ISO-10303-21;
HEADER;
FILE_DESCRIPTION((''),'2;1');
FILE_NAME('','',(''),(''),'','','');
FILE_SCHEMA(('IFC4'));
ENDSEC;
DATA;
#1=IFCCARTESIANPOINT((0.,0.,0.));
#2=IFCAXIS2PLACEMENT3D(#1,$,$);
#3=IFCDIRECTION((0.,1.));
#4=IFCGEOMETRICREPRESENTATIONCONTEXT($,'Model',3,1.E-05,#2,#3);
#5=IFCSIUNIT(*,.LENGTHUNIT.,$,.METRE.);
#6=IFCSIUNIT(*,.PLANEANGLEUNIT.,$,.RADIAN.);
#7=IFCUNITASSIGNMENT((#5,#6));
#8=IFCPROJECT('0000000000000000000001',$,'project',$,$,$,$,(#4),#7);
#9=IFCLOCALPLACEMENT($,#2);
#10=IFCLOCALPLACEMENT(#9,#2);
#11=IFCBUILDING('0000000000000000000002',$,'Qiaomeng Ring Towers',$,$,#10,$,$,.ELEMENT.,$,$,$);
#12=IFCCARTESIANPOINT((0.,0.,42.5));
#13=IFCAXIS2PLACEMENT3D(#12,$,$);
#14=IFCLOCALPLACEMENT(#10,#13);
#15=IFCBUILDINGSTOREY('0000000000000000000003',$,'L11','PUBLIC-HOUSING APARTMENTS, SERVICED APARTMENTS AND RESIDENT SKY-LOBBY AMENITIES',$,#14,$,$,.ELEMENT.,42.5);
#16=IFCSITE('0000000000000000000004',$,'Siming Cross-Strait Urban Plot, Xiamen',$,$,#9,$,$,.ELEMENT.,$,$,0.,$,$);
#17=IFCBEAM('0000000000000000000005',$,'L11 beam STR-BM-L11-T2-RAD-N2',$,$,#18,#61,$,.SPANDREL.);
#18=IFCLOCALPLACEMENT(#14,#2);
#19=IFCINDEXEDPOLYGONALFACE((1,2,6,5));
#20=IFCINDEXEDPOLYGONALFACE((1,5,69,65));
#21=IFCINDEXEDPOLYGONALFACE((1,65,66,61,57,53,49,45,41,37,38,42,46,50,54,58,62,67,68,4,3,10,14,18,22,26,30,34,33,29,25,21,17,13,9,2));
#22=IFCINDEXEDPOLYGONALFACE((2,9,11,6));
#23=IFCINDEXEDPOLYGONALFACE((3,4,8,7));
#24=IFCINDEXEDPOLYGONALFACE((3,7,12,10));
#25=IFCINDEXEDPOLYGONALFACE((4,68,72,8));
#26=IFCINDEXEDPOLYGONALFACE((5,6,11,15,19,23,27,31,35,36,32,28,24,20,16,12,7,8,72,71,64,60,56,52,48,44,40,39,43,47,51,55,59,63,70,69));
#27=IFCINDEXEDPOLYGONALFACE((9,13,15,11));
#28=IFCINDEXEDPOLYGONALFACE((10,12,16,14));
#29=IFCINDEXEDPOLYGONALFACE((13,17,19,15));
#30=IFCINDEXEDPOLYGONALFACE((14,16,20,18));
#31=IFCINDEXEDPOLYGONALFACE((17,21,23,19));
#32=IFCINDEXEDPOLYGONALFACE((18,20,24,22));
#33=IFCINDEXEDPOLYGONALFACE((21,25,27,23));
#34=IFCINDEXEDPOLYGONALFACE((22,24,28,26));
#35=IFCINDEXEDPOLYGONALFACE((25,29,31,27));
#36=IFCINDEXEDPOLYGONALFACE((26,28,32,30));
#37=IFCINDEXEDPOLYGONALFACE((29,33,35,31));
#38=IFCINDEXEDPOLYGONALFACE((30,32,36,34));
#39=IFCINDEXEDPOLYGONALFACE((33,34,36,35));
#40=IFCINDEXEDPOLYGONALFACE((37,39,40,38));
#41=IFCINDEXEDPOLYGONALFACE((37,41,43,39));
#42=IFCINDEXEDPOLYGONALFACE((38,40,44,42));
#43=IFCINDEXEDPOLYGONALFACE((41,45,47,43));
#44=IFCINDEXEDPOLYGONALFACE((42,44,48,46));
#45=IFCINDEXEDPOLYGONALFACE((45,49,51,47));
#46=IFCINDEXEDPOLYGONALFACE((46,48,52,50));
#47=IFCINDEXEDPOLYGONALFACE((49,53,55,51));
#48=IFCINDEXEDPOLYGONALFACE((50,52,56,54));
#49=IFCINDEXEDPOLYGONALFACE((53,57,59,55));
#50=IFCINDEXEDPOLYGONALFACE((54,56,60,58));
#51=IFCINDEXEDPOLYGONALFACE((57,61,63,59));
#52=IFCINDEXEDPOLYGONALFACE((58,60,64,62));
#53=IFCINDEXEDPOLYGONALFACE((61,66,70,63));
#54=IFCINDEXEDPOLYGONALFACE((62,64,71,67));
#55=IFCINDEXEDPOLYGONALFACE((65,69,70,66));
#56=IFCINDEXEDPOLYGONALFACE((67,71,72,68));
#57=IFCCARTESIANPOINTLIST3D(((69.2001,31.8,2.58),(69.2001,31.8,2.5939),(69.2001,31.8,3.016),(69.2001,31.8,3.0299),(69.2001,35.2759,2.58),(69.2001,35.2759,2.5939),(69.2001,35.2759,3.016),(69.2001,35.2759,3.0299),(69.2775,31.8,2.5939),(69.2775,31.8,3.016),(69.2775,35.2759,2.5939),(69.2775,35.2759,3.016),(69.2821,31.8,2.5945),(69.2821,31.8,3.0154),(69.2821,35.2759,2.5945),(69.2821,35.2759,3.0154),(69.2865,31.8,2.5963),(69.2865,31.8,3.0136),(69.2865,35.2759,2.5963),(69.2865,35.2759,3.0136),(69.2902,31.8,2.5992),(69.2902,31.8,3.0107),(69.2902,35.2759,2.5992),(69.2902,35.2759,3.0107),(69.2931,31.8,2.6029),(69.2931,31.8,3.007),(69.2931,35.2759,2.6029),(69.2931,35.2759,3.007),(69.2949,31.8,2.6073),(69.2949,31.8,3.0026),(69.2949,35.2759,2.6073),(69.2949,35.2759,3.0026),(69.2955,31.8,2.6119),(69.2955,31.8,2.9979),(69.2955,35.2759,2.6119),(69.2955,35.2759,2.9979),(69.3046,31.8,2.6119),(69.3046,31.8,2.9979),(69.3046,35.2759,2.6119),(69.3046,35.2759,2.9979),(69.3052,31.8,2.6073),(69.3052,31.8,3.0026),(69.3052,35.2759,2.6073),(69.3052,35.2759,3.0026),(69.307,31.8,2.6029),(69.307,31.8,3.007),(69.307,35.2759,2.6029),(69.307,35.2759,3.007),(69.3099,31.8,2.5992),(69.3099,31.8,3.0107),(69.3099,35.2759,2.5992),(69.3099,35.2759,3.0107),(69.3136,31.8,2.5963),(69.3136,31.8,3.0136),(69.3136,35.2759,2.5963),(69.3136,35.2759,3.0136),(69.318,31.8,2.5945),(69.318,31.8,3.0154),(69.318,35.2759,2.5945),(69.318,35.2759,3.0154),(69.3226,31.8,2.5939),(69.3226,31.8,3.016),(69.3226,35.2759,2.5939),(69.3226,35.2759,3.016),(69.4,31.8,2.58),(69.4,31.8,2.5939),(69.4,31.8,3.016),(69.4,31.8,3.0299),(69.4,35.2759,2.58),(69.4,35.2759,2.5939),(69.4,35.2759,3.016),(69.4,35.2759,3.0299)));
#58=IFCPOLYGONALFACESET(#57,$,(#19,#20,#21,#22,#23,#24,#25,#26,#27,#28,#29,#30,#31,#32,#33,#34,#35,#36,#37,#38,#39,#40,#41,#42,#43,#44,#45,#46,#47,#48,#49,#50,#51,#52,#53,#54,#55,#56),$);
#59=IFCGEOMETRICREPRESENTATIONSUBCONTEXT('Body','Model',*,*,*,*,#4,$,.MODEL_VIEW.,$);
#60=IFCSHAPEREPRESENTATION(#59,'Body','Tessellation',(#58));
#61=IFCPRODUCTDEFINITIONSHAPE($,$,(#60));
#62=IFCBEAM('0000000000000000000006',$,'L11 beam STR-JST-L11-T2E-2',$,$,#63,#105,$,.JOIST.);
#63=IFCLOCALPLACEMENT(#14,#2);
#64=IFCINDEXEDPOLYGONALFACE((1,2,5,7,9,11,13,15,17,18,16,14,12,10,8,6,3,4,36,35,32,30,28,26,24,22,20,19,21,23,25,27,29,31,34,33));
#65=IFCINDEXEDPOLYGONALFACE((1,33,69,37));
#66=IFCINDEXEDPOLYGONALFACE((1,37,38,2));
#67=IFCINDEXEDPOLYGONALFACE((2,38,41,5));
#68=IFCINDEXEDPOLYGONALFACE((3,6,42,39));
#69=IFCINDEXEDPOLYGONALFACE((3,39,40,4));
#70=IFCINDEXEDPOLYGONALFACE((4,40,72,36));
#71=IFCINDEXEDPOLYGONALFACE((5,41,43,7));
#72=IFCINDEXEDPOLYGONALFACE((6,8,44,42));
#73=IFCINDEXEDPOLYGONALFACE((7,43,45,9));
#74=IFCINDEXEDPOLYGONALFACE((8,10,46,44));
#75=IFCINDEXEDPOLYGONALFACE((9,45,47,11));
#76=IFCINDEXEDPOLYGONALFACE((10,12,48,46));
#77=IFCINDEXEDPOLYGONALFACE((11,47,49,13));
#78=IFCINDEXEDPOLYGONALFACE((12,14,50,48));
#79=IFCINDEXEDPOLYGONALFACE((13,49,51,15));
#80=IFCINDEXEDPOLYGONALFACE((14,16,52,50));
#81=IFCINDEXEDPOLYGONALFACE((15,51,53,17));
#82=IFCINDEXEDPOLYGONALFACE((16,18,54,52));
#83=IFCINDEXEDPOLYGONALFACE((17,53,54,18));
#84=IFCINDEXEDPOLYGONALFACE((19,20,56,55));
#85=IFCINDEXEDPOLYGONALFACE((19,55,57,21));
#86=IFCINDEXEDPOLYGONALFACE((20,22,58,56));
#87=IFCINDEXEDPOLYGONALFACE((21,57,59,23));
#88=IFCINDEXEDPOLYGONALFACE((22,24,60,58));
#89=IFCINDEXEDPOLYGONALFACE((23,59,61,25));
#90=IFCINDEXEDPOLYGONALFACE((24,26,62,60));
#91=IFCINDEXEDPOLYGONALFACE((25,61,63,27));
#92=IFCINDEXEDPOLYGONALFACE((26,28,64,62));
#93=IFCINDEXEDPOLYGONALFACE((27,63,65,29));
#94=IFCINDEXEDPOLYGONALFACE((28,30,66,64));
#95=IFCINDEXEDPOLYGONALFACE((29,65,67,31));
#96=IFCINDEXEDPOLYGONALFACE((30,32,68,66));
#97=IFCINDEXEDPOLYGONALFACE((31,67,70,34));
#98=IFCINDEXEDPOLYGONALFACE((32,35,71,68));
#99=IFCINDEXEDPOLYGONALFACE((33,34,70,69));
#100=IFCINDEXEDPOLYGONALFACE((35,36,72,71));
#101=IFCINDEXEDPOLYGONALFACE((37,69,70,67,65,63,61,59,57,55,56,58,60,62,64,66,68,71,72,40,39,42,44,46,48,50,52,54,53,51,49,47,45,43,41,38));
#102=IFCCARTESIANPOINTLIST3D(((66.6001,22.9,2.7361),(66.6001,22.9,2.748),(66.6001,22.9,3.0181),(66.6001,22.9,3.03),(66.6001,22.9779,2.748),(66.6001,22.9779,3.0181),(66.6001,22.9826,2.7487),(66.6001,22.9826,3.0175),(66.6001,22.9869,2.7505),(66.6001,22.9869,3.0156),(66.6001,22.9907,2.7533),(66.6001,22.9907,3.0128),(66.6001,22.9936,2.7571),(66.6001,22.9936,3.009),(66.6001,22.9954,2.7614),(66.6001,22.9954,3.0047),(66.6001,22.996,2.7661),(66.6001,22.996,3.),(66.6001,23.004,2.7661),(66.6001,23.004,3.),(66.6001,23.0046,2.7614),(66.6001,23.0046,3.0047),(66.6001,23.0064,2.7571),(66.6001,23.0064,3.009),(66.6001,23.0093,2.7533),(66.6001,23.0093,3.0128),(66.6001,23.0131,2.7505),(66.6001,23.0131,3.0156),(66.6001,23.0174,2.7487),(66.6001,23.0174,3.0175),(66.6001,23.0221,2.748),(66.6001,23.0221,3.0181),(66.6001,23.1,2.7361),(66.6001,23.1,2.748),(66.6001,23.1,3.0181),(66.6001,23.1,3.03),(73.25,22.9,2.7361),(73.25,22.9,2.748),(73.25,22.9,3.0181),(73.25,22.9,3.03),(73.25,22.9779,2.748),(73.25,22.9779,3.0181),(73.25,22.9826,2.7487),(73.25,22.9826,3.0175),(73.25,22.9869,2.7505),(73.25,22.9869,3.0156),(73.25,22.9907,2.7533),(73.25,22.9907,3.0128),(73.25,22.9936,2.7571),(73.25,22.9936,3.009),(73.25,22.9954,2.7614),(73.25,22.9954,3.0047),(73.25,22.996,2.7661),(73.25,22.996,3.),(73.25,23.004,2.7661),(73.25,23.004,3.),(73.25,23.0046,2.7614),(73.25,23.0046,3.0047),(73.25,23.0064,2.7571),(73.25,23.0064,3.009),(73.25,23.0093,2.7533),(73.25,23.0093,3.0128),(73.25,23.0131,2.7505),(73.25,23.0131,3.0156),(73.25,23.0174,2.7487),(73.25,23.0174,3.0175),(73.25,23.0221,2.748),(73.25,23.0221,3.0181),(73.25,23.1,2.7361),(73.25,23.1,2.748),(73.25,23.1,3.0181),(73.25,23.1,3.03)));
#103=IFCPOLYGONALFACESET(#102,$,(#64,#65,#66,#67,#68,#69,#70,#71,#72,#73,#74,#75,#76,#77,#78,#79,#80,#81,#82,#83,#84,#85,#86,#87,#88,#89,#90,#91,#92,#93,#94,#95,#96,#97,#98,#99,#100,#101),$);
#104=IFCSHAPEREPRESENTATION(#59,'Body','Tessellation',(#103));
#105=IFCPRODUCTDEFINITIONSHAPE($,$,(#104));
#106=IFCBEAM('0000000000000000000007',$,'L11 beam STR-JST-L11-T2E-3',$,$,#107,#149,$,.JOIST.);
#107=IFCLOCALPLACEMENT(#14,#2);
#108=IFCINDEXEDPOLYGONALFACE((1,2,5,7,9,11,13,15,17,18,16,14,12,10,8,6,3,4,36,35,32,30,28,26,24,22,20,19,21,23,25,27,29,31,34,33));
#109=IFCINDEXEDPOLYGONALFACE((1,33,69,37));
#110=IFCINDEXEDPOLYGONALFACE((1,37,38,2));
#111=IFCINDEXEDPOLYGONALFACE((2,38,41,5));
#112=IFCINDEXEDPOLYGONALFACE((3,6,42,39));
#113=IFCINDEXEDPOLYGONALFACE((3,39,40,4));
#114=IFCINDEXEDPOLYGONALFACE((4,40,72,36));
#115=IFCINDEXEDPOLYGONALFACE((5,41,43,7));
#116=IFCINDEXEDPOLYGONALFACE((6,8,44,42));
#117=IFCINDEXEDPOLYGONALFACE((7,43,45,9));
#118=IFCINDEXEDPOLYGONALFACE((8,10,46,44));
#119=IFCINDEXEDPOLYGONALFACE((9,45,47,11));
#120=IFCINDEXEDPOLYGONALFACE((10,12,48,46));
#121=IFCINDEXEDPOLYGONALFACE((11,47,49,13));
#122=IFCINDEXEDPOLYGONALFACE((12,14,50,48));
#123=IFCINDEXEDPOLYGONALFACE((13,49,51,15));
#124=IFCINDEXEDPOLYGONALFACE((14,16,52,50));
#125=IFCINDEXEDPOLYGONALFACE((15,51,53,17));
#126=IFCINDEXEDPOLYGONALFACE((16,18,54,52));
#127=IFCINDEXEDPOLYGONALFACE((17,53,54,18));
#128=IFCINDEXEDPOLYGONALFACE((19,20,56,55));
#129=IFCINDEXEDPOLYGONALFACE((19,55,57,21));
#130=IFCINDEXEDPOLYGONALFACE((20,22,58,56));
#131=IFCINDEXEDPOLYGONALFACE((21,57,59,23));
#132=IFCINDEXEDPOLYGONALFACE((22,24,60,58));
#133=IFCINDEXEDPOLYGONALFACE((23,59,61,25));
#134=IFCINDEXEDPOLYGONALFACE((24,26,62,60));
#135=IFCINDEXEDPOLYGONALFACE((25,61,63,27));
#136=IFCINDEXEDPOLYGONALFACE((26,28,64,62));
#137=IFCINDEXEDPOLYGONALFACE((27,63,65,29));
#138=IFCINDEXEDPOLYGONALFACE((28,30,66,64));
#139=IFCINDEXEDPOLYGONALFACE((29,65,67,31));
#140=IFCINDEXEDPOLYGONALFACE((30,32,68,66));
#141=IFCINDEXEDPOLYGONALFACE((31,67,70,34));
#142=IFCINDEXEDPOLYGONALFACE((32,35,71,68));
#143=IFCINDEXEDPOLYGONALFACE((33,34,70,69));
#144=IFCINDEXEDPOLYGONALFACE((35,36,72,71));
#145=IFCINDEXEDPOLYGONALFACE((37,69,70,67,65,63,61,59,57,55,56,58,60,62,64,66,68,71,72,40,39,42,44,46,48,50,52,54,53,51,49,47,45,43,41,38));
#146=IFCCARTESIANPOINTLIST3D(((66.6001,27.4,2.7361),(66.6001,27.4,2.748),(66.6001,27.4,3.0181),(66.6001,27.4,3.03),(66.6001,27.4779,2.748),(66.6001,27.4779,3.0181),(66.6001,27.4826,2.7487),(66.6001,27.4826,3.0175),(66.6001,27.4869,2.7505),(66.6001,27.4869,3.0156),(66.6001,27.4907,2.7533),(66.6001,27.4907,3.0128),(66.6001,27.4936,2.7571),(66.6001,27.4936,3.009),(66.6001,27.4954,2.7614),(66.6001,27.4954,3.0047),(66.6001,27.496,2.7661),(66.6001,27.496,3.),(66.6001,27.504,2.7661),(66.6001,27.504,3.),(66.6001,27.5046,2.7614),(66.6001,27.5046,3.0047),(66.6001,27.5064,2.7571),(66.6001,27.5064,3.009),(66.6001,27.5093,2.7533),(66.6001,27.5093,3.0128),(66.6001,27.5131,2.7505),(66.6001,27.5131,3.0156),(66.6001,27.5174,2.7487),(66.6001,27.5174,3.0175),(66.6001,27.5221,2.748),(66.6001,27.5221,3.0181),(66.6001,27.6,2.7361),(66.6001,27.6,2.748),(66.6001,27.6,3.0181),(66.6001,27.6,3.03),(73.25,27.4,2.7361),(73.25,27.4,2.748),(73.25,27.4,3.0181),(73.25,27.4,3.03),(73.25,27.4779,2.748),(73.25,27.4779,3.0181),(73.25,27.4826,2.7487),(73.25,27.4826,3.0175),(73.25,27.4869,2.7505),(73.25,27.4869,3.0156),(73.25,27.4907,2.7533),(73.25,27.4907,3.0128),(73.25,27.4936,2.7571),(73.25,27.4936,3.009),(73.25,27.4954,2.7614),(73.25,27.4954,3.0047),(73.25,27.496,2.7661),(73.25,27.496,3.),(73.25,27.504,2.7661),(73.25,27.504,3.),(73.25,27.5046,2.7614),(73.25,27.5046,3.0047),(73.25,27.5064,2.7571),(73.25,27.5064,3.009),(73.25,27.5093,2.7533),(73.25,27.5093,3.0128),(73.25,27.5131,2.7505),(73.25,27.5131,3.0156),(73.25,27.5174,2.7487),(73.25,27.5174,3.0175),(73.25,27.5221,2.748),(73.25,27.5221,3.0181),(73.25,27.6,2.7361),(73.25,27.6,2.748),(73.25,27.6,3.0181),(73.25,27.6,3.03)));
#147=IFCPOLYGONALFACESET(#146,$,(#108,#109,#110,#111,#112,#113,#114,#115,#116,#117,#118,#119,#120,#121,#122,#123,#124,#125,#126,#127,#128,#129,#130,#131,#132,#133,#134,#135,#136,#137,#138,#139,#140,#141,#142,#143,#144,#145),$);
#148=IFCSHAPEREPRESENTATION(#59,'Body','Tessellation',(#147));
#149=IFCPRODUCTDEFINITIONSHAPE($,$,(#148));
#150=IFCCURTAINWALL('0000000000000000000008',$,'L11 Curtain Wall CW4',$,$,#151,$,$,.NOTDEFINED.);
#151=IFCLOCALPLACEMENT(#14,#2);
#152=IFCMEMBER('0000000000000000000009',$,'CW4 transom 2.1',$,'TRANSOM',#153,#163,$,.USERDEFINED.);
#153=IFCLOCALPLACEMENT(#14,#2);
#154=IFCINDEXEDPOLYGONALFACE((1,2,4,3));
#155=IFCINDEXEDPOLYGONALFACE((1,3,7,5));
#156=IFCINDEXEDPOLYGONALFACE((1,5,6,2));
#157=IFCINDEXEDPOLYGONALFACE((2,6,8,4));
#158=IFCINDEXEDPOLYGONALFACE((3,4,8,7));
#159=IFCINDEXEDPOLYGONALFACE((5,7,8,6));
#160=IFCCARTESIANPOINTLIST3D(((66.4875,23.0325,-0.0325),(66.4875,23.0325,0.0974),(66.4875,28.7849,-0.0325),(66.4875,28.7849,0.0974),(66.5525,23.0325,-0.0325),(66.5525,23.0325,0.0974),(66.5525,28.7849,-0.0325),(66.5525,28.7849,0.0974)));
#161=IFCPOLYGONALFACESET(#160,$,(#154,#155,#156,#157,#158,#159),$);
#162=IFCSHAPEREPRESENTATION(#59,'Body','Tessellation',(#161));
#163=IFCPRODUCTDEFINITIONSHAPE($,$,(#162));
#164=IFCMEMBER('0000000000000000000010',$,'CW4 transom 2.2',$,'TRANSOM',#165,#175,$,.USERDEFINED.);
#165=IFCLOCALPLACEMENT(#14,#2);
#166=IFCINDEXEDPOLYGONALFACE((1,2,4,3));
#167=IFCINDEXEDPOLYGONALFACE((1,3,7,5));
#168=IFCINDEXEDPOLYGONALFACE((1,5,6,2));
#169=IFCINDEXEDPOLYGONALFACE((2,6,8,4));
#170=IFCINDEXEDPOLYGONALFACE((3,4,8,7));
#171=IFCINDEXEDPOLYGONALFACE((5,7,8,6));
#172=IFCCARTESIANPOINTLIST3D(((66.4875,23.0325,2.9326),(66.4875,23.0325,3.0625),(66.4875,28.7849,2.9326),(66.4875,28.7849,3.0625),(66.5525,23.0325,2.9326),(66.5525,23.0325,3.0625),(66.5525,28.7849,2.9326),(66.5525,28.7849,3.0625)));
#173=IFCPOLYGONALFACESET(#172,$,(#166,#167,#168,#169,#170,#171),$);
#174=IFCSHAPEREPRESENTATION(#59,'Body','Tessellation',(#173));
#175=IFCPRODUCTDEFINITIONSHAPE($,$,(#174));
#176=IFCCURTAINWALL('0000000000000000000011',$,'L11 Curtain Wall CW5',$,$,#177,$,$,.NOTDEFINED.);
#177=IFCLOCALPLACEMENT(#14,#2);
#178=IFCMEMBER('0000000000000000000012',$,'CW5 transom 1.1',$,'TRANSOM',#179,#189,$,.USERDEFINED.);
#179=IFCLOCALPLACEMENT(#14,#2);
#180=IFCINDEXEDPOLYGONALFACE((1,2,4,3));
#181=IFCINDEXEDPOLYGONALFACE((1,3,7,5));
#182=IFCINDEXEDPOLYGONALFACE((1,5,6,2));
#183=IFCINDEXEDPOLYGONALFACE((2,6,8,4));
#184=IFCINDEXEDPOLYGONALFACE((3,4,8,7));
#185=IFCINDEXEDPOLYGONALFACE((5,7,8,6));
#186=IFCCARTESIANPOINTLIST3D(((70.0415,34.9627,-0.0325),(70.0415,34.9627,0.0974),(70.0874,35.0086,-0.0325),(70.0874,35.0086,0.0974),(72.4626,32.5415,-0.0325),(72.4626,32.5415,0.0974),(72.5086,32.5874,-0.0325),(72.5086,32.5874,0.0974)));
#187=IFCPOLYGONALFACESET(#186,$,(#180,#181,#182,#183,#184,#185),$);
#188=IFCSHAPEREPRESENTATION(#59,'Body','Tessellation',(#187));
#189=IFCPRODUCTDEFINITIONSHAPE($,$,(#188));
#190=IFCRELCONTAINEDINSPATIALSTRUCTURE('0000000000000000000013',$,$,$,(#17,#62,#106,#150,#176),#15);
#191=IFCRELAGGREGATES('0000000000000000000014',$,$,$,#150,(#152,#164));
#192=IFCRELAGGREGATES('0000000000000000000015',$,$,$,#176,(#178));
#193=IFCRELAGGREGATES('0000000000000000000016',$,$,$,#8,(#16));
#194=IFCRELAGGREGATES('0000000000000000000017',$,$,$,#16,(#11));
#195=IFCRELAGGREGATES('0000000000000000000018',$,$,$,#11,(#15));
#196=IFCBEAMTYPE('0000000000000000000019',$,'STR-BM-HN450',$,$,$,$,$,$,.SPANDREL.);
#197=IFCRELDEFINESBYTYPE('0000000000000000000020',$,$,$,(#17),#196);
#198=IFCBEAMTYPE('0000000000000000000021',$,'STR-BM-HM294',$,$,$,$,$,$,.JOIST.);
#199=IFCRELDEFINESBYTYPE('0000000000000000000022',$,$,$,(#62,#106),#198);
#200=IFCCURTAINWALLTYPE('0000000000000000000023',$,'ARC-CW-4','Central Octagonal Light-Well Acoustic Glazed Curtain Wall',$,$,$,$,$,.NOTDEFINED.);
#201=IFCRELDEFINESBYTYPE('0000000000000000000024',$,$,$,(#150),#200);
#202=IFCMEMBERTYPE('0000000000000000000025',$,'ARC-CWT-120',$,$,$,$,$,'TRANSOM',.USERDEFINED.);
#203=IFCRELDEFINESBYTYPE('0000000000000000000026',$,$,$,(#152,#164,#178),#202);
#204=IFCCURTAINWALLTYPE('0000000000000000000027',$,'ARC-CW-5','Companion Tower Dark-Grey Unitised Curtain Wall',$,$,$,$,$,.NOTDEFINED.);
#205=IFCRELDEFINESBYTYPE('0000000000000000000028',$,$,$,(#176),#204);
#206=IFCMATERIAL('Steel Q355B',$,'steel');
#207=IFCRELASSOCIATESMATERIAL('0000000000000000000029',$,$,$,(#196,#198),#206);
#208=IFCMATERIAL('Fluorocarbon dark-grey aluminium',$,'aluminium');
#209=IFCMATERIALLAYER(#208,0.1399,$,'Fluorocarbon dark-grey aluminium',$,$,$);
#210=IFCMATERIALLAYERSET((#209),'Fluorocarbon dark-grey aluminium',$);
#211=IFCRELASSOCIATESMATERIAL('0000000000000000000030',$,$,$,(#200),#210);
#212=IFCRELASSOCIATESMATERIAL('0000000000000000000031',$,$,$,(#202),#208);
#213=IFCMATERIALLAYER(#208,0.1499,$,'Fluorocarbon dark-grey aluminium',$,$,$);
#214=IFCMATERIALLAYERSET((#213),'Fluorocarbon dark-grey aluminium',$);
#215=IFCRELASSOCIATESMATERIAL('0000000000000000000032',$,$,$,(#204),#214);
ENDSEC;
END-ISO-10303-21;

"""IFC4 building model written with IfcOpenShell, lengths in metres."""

from ifc_helpers import new_model, si_unit, direction, frame, origin, origin_2d, place, context, subcontext, project, spatial, rectangle, i_section, extrude, source, transform, mapped, material, layer, layer_set, material_profile, profile_set, type_object, element, aggregate, save


model = new_model("IFC4")

# Units and contexts
model_context = context("Model", 3, precision=1e-05, world=origin(), true_north=direction((0.0, 1.0)))
body_context = subcontext(model_context, "Body", "Model", "MODEL_VIEW")
ifc_project = project(units=[si_unit("LENGTHUNIT", "METRE"), si_unit("PLANEANGLEUNIT", "RADIAN")], contexts=[model_context])

# Site, building, storey
site_placement = place(None, origin())
site = spatial("IfcSite", under=ifc_project, at=site_placement, Name="Siming Cross-Strait Urban Plot, Xiamen", CompositionType="ELEMENT", RefElevation=0.0)
building_placement = place(site_placement, origin())
building = spatial("IfcBuilding", under=site, at=building_placement, Name="Qiaomeng Ring Towers", CompositionType="ELEMENT")
storey_placement = place(building_placement, frame((0.0, 0.0, 42.5)))
storey = spatial("IfcBuildingStorey", under=building, at=storey_placement, Name="L11", Description="PUBLIC-HOUSING APARTMENTS, SERVICED APARTMENTS AND RESIDENT SKY-LOBBY AMENITIES", CompositionType="ELEMENT", Elevation=42.5)

# Beams
ifc_material_1 = material(Name="Steel Q355B", Category="steel")
ifc_material_profile_1 = material_profile(ifc_material_1, i_section(OverallWidth=0.2, OverallDepth=0.45, WebThickness=0.009, FlangeThickness=0.0139, FilletRadius=0.0181, at=origin_2d()), Name="HN 450x200x9x14")
ifc_profile_set_1 = profile_set([ifc_material_profile_1], Name="Steel Q355B")
beam_type_1 = type_object("IfcBeamType", Name="STR-BM-HN450", PredefinedType="SPANDREL", material=ifc_profile_set_1)
shared_shape_1 = source(origin(), body_context, "Body", "SweptSolid", [
    extrude(i_section(OverallWidth=0.2, OverallDepth=0.45, WebThickness=0.009, FlangeThickness=0.0139, FilletRadius=0.0181, at=origin_2d()), origin(), (0.0, 0.0, 1.0), 3.4758),
])
beam_1_placement = place(storey_placement, frame((69.3, 35.2759, 2.8049), z_axis=(0.0, -1.0, 0.0), x_axis=(1.0, 0.0, 0.0)))
element("IfcBeam", 1, at=beam_1_placement, inside=storey, type_object=beam_type_1, Name="L11 beam STR-BM-L11-T2-RAD-N2", PredefinedType="SPANDREL", context=body_context, shape_type="MappedRepresentation", body=[
    mapped(shared_shape_1, transform((0.0, 0.0, 0.0), x_axis=(1.0, 0.0, 0.0), y_axis=(0.0, 1.0, 0.0), z_axis=(0.0, 0.0, 1.0), scale=1.0)),
])
ifc_material_profile_2 = material_profile(ifc_material_1, i_section(OverallWidth=0.2, OverallDepth=0.2939, WebThickness=0.0081, FlangeThickness=0.012, FilletRadius=0.0181, at=origin_2d()), Name="HM 294x200x8x12")
ifc_profile_set_2 = profile_set([ifc_material_profile_2], Name="Steel Q355B")
beam_type_2 = type_object("IfcBeamType", Name="STR-BM-HM294", PredefinedType="JOIST", material=ifc_profile_set_2)
shared_shape_2 = source(origin(), body_context, "Body", "SweptSolid", [
    extrude(i_section(OverallWidth=0.2, OverallDepth=0.2939, WebThickness=0.0081, FlangeThickness=0.012, FilletRadius=0.0181, at=origin_2d()), origin(), (0.0, 0.0, 1.0), 6.6499),
])
for number, where, z_axis, x_axis, name in (
    (2, (66.6001, 23.0, 2.8831), (1.0, 0.0, 0.0), (0.0, 1.0, 0.0), "L11 beam STR-JST-L11-T2E-2"),
    (3, (66.6001, 27.5, 2.8831), (1.0, 0.0, 0.0), (0.0, 1.0, 0.0), "L11 beam STR-JST-L11-T2E-3"),
):
    element("IfcBeam", number, at=place(storey_placement, frame(where, z_axis=z_axis, x_axis=x_axis)), inside=storey, type_object=beam_type_2, Name=name, PredefinedType="JOIST", context=body_context, shape_type="MappedRepresentation", body=[
        mapped(shared_shape_2, transform((0.0, 0.0, 0.0), x_axis=(1.0, 0.0, 0.0), y_axis=(0.0, 1.0, 0.0), z_axis=(0.0, 0.0, 1.0), scale=1.0)),
    ])

# Curtain walls, members
ifc_material_2 = material(Name="Fluorocarbon dark-grey aluminium", Category="aluminium")
ifc_layer_1 = layer(ifc_material_2, 0.1399, Name="Fluorocarbon dark-grey aluminium")
ifc_layer_set_1 = layer_set([ifc_layer_1], Name="Fluorocarbon dark-grey aluminium")
curtain_wall_type_1 = type_object("IfcCurtainWallType", Name="ARC-CW-4", Description="Central Octagonal Light-Well Acoustic Glazed Curtain Wall", PredefinedType="NOTDEFINED", material=ifc_layer_set_1)
curtain_wall_1_placement = place(storey_placement, origin())
curtain_wall_1 = element("IfcCurtainWall", 4, at=curtain_wall_1_placement, inside=storey, type_object=curtain_wall_type_1, Name="L11 Curtain Wall CW4", PredefinedType="NOTDEFINED")
ifc_material_profile_3 = material_profile(ifc_material_2, rectangle(XDim=0.0649, YDim=0.1299, at=origin_2d()), Name="ALU TRAN 65x130")
ifc_profile_set_3 = profile_set([ifc_material_profile_3], Name="Fluorocarbon dark-grey aluminium")
member_type_1 = type_object("IfcMemberType", Name="ARC-CWT-120", ElementType="TRANSOM", PredefinedType="USERDEFINED", material=ifc_profile_set_3)
shared_shape_3 = source(origin(), body_context, "Body", "SweptSolid", [
    extrude(rectangle(XDim=0.0649, YDim=0.1299, at=origin_2d()), origin(), (0.0, 0.0, 1.0), 5.7524),
])
member_1_placement = place(storey_placement, frame((66.52, 23.0325, 0.0325), z_axis=(0.0, 1.0, 0.0), x_axis=(-1.0, 0.0, 0.0)))
member_1 = element("IfcMember", 5, at=member_1_placement, type_object=member_type_1, Name="CW4 transom 2.1", ObjectType="TRANSOM", PredefinedType="USERDEFINED", context=body_context, shape_type="MappedRepresentation", body=[
    mapped(shared_shape_3, transform((0.0, 0.0, 0.0), x_axis=(1.0, 0.0, 0.0), y_axis=(0.0, 1.0, 0.0), z_axis=(0.0, 0.0, 1.0), scale=1.0)),
])
member_2_placement = place(storey_placement, frame((66.52, 23.0325, 2.9976), z_axis=(0.0, 1.0, 0.0), x_axis=(-1.0, 0.0, 0.0)))
member_2 = element("IfcMember", 6, at=member_2_placement, type_object=member_type_1, Name="CW4 transom 2.2", ObjectType="TRANSOM", PredefinedType="USERDEFINED", context=body_context, shape_type="MappedRepresentation", body=[
    mapped(shared_shape_3, transform((0.0, 0.0, 0.0), x_axis=(1.0, 0.0, 0.0), y_axis=(0.0, 1.0, 0.0), z_axis=(0.0, 0.0, 1.0), scale=1.0)),
])
ifc_layer_2 = layer(ifc_material_2, 0.1499, Name="Fluorocarbon dark-grey aluminium")
ifc_layer_set_2 = layer_set([ifc_layer_2], Name="Fluorocarbon dark-grey aluminium")
curtain_wall_type_2 = type_object("IfcCurtainWallType", Name="ARC-CW-5", Description="Companion Tower Dark-Grey Unitised Curtain Wall", PredefinedType="NOTDEFINED", material=ifc_layer_set_2)
curtain_wall_2_placement = place(storey_placement, origin())
curtain_wall_2 = element("IfcCurtainWall", 7, at=curtain_wall_2_placement, inside=storey, type_object=curtain_wall_type_2, Name="L11 Curtain Wall CW5", PredefinedType="NOTDEFINED")
shared_shape_4 = source(origin(), body_context, "Body", "SweptSolid", [
    extrude(rectangle(XDim=0.0649, YDim=0.1299, at=origin_2d()), origin(), (0.0, 0.0, 1.0), 3.4241),
])
member_3_placement = place(storey_placement, frame((72.4856, 32.5645, 0.0325), z_axis=(-0.707107, 0.707107, 0.0), x_axis=(-0.707107, -0.707107, 0.0)))
member_3 = element("IfcMember", 8, at=member_3_placement, type_object=member_type_1, Name="CW5 transom 1.1", ObjectType="TRANSOM", PredefinedType="USERDEFINED", context=body_context, shape_type="MappedRepresentation", body=[
    mapped(shared_shape_4, transform((0.0, 0.0, 0.0), x_axis=(1.0, 0.0, 0.0), y_axis=(0.0, 1.0, 0.0), z_axis=(0.0, 0.0, 1.0), scale=1.0)),
])

aggregate(curtain_wall_1, [member_1, member_2])
aggregate(curtain_wall_2, [member_3])

save(model, "model.ifc")
